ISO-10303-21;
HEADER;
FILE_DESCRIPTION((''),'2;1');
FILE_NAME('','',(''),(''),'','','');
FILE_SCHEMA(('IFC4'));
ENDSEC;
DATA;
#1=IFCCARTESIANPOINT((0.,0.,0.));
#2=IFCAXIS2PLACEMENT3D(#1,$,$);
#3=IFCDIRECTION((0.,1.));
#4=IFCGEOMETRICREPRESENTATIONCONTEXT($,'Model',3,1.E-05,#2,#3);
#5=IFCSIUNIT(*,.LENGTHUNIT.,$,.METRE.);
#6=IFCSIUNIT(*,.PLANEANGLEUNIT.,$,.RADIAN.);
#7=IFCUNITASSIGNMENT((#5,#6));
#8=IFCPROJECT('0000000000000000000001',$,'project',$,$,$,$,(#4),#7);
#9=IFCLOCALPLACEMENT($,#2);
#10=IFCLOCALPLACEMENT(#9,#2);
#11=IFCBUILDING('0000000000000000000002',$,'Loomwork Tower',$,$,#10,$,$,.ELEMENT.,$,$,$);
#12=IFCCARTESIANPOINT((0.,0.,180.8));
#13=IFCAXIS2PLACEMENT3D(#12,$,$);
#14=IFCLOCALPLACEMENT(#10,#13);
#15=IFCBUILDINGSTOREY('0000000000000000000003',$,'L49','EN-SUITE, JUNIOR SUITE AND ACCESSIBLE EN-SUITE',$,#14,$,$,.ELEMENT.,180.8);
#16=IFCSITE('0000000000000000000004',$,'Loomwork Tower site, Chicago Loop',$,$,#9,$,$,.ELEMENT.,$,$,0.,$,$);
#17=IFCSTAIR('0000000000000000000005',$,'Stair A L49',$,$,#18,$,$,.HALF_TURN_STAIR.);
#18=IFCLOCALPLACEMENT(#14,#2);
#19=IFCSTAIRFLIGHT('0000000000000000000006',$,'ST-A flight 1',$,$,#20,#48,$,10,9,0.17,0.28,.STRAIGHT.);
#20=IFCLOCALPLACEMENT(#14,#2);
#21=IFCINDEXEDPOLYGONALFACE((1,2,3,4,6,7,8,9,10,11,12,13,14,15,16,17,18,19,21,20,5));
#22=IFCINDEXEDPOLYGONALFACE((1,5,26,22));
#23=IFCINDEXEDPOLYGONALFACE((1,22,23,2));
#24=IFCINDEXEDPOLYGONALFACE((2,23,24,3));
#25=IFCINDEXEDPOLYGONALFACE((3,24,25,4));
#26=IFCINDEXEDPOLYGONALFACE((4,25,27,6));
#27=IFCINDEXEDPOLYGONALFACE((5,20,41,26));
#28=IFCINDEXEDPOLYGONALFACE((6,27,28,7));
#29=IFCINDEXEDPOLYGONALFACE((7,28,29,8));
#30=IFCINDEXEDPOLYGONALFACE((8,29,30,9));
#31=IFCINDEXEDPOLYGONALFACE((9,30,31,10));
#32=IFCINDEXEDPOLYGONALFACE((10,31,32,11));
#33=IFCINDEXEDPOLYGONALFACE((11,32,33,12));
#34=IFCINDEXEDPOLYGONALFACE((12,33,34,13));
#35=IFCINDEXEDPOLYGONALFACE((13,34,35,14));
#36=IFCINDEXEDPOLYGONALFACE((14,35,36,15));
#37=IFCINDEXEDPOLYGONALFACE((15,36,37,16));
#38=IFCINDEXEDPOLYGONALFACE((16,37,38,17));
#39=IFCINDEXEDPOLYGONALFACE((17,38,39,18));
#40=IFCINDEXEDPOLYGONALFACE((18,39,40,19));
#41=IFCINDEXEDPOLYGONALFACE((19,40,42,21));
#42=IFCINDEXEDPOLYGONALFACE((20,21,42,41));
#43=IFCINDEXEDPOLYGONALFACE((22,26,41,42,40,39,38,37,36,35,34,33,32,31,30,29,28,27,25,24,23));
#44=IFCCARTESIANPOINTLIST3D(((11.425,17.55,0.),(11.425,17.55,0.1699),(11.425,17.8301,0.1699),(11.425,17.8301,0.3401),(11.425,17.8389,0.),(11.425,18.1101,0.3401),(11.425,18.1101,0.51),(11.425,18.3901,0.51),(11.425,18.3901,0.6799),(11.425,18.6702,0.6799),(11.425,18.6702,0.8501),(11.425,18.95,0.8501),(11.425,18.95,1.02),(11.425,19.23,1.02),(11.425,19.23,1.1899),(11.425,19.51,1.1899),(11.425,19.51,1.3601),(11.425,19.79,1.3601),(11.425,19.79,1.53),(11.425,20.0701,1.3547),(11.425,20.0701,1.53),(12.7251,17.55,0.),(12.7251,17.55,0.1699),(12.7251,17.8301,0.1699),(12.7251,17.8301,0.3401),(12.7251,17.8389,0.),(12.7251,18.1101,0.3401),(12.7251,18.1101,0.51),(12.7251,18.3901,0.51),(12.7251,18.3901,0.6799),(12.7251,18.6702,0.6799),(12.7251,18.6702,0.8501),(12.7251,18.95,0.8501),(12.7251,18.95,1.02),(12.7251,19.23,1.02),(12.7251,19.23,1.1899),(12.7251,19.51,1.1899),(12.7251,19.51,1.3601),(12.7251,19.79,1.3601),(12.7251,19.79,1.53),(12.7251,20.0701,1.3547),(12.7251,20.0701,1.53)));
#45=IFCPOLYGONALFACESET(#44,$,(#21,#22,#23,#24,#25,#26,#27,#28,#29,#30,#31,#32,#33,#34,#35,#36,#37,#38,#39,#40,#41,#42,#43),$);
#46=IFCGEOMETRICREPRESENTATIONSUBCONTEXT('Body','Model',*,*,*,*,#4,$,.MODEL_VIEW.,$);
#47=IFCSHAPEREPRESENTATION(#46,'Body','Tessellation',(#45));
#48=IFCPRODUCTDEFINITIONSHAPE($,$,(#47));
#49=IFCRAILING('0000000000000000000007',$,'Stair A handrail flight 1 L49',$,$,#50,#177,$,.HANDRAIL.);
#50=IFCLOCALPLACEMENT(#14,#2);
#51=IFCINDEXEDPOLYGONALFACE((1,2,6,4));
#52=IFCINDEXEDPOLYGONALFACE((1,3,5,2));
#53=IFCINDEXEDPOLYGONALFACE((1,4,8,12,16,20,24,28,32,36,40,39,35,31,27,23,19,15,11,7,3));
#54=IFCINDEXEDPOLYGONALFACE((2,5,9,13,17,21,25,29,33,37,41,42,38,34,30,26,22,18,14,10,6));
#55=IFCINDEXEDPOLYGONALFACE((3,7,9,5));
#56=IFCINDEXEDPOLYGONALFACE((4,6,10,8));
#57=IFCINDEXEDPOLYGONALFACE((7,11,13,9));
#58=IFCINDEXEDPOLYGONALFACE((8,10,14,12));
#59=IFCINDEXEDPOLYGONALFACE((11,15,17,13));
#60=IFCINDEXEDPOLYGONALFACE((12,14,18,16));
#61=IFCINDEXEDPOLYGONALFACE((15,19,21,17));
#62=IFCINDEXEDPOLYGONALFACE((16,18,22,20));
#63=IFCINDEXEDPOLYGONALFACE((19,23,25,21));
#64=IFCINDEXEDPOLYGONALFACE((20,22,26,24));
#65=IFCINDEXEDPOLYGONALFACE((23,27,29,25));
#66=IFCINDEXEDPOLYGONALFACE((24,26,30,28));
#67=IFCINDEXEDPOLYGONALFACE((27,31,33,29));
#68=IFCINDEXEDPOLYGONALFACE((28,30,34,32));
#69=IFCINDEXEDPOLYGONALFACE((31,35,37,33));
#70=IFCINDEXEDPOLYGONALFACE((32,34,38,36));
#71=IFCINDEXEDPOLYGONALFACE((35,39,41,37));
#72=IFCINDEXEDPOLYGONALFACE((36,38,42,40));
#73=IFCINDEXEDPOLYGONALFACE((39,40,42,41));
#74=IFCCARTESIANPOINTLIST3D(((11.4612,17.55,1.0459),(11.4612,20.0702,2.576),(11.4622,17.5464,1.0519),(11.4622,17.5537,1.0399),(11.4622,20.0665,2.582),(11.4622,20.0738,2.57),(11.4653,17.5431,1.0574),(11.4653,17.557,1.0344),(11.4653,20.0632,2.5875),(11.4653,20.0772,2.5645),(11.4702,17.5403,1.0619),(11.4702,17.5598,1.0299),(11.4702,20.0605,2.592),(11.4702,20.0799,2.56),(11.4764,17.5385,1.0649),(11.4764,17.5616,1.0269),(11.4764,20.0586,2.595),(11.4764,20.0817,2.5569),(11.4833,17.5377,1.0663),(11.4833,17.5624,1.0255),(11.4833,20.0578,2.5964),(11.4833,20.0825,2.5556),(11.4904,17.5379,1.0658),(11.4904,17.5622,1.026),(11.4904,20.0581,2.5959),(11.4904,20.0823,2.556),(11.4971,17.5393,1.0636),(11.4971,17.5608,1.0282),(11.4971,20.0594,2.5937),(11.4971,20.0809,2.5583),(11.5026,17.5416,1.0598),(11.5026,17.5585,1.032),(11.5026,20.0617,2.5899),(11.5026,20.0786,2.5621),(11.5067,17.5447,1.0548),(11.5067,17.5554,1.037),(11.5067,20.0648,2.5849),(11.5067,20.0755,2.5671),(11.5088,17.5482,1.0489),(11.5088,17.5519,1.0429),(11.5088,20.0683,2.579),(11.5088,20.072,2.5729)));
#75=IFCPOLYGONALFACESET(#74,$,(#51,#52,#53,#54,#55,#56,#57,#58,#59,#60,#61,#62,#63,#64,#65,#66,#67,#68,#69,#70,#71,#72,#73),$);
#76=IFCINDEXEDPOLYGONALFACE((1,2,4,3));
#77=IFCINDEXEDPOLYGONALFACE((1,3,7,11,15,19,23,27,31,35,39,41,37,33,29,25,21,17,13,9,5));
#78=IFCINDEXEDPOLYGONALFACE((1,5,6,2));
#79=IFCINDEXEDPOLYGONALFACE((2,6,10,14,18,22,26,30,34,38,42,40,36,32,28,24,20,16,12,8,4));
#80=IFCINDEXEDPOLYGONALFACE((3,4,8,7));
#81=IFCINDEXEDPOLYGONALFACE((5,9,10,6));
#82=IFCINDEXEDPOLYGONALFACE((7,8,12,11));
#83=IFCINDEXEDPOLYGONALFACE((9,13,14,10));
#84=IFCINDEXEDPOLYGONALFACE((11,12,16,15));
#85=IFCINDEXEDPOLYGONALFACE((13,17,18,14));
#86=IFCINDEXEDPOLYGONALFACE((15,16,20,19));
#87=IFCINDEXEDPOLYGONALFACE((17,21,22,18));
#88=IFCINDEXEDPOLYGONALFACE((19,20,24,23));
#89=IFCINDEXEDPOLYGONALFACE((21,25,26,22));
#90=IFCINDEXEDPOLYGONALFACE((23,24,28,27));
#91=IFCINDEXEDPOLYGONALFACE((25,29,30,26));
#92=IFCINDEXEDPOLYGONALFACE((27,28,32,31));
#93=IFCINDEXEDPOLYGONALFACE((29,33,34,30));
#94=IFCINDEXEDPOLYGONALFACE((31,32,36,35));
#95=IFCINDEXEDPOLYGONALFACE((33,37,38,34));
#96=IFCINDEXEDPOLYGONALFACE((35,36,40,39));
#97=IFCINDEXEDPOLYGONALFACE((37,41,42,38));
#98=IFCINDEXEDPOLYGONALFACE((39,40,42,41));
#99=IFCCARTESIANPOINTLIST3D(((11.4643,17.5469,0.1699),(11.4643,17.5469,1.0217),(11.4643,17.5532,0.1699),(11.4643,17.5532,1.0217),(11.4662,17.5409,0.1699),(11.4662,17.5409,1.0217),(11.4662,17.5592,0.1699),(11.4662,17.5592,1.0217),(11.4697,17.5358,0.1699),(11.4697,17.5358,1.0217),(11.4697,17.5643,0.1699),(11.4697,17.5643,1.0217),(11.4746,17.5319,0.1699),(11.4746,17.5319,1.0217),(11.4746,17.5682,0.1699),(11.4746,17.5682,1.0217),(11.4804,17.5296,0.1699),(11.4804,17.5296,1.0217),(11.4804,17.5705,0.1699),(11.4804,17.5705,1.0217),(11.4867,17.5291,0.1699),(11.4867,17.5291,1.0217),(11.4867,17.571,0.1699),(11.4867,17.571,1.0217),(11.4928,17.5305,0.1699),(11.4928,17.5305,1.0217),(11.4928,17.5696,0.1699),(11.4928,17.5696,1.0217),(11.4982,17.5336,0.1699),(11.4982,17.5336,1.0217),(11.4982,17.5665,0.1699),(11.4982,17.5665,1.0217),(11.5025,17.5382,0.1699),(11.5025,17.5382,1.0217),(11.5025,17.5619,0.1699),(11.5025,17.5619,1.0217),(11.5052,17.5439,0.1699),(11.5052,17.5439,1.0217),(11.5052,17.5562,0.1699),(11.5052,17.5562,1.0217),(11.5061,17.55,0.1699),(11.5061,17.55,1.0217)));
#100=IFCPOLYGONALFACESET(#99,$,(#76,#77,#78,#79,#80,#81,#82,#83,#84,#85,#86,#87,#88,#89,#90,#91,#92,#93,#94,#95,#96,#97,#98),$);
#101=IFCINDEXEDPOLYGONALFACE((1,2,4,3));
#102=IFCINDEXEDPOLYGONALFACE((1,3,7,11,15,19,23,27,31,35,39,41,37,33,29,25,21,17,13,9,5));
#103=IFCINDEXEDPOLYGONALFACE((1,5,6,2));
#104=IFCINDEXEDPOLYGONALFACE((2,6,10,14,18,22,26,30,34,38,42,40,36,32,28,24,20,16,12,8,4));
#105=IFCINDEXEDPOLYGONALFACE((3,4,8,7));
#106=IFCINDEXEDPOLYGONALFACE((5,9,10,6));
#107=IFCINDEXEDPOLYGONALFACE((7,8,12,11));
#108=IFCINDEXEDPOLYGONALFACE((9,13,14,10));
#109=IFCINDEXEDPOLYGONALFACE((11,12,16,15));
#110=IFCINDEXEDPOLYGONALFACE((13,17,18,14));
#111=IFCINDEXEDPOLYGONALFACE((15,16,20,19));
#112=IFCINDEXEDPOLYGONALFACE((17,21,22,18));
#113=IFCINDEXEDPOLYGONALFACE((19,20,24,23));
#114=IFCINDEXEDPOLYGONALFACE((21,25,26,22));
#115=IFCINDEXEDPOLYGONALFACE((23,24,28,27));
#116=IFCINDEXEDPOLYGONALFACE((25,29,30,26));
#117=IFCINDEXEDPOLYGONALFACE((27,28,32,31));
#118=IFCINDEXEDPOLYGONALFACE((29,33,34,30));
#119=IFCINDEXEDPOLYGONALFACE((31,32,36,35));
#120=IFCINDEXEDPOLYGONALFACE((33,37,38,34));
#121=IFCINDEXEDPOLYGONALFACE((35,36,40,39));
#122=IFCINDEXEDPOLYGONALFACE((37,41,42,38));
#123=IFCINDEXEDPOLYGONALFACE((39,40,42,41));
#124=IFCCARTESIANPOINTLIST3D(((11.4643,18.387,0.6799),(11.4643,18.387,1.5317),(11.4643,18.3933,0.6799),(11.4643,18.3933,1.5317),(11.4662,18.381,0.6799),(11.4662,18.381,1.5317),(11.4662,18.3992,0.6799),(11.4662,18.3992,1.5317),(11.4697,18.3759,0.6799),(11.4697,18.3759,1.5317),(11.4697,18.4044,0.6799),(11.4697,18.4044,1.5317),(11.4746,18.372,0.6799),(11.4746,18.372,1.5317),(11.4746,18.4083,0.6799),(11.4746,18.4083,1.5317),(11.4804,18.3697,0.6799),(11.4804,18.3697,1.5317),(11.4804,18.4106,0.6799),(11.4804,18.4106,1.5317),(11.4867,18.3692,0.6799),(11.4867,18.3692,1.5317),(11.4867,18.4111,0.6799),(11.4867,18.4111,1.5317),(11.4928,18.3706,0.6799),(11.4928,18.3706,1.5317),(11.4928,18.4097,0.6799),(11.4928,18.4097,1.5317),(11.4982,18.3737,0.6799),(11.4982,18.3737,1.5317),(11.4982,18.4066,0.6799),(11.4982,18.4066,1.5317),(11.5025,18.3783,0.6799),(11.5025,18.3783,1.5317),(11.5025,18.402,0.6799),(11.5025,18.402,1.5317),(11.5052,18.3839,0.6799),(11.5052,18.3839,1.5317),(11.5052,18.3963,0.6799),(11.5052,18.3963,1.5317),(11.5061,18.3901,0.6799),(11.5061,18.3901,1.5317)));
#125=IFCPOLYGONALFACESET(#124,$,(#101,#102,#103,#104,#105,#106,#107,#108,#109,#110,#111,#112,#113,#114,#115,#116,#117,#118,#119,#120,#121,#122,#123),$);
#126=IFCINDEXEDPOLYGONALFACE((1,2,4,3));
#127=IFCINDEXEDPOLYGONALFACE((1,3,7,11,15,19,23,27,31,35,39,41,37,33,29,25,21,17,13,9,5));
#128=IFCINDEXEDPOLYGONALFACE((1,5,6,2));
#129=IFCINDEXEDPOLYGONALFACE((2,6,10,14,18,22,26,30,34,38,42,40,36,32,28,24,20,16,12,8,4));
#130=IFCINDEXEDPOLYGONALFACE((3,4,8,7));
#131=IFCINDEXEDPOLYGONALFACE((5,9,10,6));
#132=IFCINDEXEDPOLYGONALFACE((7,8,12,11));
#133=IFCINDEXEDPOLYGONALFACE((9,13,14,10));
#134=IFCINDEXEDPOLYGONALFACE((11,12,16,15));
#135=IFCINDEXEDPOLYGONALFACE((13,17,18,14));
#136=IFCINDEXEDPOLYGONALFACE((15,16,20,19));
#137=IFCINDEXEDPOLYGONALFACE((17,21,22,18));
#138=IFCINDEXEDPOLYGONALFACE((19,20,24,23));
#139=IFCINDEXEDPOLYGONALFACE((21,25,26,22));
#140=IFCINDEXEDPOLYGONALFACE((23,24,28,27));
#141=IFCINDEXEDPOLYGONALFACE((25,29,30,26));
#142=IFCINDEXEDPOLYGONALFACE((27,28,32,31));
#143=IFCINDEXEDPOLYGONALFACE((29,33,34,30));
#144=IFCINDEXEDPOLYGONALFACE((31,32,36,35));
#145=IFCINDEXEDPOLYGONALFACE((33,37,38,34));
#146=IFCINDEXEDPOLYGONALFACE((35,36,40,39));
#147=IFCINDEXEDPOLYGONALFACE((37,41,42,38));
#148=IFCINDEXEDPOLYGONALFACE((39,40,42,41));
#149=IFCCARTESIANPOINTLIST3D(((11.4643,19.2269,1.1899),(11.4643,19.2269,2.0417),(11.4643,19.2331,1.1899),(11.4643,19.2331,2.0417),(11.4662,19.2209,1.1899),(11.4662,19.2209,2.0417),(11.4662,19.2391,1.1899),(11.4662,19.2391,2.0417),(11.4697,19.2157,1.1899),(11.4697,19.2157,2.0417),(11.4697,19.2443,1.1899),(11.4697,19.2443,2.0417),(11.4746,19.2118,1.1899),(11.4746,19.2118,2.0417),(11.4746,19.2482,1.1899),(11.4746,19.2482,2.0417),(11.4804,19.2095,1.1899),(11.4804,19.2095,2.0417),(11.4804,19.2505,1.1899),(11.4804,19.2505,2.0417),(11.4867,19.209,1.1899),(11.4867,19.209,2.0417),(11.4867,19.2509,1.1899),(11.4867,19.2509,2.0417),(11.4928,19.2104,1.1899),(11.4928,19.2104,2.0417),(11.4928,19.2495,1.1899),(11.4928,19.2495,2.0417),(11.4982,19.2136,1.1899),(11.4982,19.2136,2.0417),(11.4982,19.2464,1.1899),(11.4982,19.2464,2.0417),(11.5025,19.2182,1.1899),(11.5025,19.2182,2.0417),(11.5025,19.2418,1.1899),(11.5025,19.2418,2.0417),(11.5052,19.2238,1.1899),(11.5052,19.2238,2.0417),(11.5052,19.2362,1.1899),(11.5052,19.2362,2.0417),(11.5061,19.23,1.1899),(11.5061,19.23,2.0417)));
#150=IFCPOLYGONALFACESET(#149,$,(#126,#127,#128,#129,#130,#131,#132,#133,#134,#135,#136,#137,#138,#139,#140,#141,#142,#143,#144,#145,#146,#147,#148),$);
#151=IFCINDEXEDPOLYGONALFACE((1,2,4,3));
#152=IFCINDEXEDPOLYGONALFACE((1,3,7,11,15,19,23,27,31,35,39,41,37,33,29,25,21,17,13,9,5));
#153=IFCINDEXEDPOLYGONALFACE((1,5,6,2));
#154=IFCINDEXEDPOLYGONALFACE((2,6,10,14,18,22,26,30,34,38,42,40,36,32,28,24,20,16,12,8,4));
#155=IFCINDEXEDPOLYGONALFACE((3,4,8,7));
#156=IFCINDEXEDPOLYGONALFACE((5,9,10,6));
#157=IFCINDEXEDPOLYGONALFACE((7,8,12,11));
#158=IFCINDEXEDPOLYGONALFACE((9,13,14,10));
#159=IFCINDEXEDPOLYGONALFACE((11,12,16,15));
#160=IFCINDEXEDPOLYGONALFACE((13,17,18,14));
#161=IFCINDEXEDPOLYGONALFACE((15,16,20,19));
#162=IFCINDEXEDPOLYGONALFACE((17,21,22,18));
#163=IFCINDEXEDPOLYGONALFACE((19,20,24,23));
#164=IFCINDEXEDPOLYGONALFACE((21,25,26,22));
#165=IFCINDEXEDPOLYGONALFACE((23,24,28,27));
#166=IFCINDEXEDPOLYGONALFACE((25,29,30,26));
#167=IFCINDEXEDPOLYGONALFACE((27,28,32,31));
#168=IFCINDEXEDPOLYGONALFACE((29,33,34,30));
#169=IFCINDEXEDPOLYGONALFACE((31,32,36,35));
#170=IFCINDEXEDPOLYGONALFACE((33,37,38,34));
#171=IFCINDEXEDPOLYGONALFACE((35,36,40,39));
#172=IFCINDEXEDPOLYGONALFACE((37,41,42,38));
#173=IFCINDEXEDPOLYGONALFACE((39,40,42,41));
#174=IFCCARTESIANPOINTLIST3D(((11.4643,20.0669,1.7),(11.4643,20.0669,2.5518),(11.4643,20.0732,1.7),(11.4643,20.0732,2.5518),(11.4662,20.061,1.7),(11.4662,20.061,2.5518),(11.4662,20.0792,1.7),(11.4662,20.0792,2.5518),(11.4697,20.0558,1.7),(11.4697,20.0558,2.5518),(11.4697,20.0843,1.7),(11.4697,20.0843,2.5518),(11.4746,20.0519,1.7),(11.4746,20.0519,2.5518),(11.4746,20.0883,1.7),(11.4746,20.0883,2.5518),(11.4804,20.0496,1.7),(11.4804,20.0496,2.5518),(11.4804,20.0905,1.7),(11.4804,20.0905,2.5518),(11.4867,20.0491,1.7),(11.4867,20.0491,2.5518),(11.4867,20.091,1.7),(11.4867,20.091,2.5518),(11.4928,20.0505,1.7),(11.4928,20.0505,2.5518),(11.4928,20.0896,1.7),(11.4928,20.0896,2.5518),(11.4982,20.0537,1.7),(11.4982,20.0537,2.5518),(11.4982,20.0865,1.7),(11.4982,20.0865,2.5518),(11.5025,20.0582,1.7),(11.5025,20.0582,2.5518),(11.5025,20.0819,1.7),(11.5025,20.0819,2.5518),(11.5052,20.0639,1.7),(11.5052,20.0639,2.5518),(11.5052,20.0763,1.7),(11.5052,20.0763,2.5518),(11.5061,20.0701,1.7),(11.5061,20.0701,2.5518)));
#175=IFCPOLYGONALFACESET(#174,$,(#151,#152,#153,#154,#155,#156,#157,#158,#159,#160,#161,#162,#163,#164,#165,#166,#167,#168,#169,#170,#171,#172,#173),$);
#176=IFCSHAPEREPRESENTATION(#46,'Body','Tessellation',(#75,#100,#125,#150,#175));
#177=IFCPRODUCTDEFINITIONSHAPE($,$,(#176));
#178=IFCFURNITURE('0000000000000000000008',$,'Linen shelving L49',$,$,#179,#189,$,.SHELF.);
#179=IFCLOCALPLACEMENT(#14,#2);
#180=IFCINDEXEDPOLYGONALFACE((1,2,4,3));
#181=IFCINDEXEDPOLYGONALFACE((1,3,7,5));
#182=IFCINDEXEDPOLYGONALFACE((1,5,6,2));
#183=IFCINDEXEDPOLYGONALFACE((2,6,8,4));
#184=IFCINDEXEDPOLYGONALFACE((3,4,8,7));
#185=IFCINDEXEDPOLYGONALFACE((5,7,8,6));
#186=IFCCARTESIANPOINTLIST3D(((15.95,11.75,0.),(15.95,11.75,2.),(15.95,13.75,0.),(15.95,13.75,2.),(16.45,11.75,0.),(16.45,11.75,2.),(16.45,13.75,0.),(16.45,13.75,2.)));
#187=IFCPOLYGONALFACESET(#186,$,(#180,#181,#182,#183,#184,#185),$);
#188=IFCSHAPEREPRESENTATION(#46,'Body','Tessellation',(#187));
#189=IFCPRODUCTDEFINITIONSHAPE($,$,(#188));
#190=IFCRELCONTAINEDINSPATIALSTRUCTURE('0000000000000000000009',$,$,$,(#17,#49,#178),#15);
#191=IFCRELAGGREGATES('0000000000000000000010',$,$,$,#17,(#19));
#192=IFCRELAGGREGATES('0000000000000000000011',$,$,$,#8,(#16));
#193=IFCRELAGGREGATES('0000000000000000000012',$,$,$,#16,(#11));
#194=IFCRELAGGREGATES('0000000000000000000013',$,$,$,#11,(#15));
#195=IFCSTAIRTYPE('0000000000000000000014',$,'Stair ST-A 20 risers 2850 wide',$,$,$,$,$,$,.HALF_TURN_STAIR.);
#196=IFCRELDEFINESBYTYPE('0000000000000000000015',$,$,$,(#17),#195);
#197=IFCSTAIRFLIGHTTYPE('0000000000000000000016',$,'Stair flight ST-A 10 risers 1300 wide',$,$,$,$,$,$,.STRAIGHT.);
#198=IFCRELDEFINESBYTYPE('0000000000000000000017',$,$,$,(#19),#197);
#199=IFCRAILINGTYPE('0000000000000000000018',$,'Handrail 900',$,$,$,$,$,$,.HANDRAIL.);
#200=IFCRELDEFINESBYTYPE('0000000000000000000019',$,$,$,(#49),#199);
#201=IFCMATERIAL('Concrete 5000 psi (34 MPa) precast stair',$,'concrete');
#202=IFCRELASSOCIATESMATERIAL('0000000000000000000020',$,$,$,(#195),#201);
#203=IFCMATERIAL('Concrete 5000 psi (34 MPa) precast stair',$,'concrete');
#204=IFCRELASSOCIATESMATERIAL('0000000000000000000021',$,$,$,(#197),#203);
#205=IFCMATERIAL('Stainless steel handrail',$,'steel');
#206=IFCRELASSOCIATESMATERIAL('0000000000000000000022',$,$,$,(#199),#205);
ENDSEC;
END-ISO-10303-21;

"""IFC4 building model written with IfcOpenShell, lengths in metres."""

from ifc_helpers import new_model, si_unit, direction, frame, origin, origin_2d, place, context, subcontext, project, spatial, polyline, rectangle, circle, outline, extrude, material, type_object, element, aggregate, save


model = new_model("IFC4")

# Units and contexts
model_context = context("Model", 3, precision=1e-05, world=origin(), true_north=direction((0.0, 1.0)))
body_context = subcontext(model_context, "Body", "Model", "MODEL_VIEW")
ifc_project = project(units=[si_unit("LENGTHUNIT", "METRE"), si_unit("PLANEANGLEUNIT", "RADIAN")], contexts=[model_context])

# Site, building, storey
site_placement = place(None, origin())
site = spatial("IfcSite", under=ifc_project, at=site_placement, Name="Loomwork Tower site, Chicago Loop", CompositionType="ELEMENT", RefElevation=0.0)
building_placement = place(site_placement, origin())
building = spatial("IfcBuilding", under=site, at=building_placement, Name="Loomwork Tower", CompositionType="ELEMENT")
storey_placement = place(building_placement, frame((0.0, 0.0, 180.8)))
storey = spatial("IfcBuildingStorey", under=building, at=storey_placement, Name="L49", Description="EN-SUITE, JUNIOR SUITE AND ACCESSIBLE EN-SUITE", CompositionType="ELEMENT", Elevation=180.8)

# Stair, stair flight
ifc_material_1 = material(Name="Concrete 5000 psi (34 MPa) precast stair", Category="concrete")
stair_type = type_object("IfcStairType", Name="Stair ST-A 20 risers 2850 wide", PredefinedType="HALF_TURN_STAIR", material=ifc_material_1)
stair_placement = place(storey_placement, origin())
stair = element("IfcStair", 1, at=stair_placement, inside=storey, type_object=stair_type, Name="Stair A L49", PredefinedType="HALF_TURN_STAIR")
ifc_material_2 = material(Name="Concrete 5000 psi (34 MPa) precast stair", Category="concrete")
stair_flight_type = type_object("IfcStairFlightType", Name="Stair flight ST-A 10 risers 1300 wide", PredefinedType="STRAIGHT", material=ifc_material_2)
stair_flight_placement = place(storey_placement, frame((12.075, 17.55, 0.0), z_axis=(0.0, 0.0, 1.0), x_axis=(0.0, 1.0, 0.0)))
stair_flight = element("IfcStairFlight", 2, at=stair_flight_placement, type_object=stair_flight_type, Name="ST-A flight 1", NumberOfRisers=10, NumberOfTreads=9, PredefinedType="STRAIGHT", RiserHeight=0.17, TreadLength=0.28, context=body_context, shape_type="SweptSolid", body=[
    extrude(outline(polyline([(0.0, 0.0), (0.0, 0.1699), (0.28, 0.1699), (0.28, 0.3401), (0.5601, 0.3401), (0.5601, 0.51), (0.8401, 0.51), (0.8401, 0.6799), (1.1201, 0.6799), (1.1201, 0.8501), (1.3999, 0.8501), (1.3999, 1.02), (1.6799, 1.02), (1.6799, 1.1899), (1.96, 1.1899), (1.96, 1.3601), (2.24, 1.3601), (2.24, 1.53), (2.52, 1.53), (2.52, 1.7), (2.52, 1.3547), (0.2888, 0.0), (0.0, 0.0)])), frame((0.0, 0.6499, 0.0), z_axis=(0.0, -1.0, 0.0), x_axis=(1.0, 0.0, 0.0)), (0.0, 0.0, 1.0), 1.3),
])
aggregate(stair, [stair_flight])

# Railing
ifc_material_3 = material(Name="Stainless steel handrail", Category="steel")
railing_type = type_object("IfcRailingType", Name="Handrail 900", PredefinedType="HANDRAIL", material=ifc_material_3)
railing_placement = place(storey_placement, frame((11.4851, 17.55, 0.1699)))
element("IfcRailing", 3, at=railing_placement, inside=storey, type_object=railing_type, Name="Stair A handrail flight 1 L49", PredefinedType="HANDRAIL", context=body_context, shape_type="SweptSolid", body=[
    extrude(circle(Radius=0.0239, at=origin_2d()), frame((0.0, 0.0, 0.876), z_axis=(0.0, 0.854785, 0.518982), x_axis=(-1.0, 0.0, 0.0)), (0.0, 0.0, 1.0), 2.9482),
    extrude(circle(Radius=0.021, at=origin_2d()), origin(), (0.0, 0.0, 1.0), 0.8518),
    extrude(circle(Radius=0.021, at=origin_2d()), frame((0.0, 0.8401, 0.51)), (0.0, 0.0, 1.0), 0.8518),
    extrude(circle(Radius=0.021, at=origin_2d()), frame((0.0, 1.6799, 1.02)), (0.0, 0.0, 1.0), 0.8518),
    extrude(circle(Radius=0.021, at=origin_2d()), frame((0.0, 2.52, 1.53)), (0.0, 0.0, 1.0), 0.8518),
])

# Furniture
furniture_placement = place(storey_placement, frame((16.2, 12.75, 0.0), z_axis=(0.0, 0.0, 1.0), x_axis=(1.0, 0.0, 0.0)))
element("IfcFurniture", 4, at=furniture_placement, inside=storey, Name="Linen shelving L49", PredefinedType="SHELF", context=body_context, shape_type="SweptSolid", body=[
    extrude(rectangle(XDim=0.5, YDim=2.0, at=origin_2d()), origin(), (0.0, 0.0, 1.0), 2.0),
])

save(model, "model.ifc")
